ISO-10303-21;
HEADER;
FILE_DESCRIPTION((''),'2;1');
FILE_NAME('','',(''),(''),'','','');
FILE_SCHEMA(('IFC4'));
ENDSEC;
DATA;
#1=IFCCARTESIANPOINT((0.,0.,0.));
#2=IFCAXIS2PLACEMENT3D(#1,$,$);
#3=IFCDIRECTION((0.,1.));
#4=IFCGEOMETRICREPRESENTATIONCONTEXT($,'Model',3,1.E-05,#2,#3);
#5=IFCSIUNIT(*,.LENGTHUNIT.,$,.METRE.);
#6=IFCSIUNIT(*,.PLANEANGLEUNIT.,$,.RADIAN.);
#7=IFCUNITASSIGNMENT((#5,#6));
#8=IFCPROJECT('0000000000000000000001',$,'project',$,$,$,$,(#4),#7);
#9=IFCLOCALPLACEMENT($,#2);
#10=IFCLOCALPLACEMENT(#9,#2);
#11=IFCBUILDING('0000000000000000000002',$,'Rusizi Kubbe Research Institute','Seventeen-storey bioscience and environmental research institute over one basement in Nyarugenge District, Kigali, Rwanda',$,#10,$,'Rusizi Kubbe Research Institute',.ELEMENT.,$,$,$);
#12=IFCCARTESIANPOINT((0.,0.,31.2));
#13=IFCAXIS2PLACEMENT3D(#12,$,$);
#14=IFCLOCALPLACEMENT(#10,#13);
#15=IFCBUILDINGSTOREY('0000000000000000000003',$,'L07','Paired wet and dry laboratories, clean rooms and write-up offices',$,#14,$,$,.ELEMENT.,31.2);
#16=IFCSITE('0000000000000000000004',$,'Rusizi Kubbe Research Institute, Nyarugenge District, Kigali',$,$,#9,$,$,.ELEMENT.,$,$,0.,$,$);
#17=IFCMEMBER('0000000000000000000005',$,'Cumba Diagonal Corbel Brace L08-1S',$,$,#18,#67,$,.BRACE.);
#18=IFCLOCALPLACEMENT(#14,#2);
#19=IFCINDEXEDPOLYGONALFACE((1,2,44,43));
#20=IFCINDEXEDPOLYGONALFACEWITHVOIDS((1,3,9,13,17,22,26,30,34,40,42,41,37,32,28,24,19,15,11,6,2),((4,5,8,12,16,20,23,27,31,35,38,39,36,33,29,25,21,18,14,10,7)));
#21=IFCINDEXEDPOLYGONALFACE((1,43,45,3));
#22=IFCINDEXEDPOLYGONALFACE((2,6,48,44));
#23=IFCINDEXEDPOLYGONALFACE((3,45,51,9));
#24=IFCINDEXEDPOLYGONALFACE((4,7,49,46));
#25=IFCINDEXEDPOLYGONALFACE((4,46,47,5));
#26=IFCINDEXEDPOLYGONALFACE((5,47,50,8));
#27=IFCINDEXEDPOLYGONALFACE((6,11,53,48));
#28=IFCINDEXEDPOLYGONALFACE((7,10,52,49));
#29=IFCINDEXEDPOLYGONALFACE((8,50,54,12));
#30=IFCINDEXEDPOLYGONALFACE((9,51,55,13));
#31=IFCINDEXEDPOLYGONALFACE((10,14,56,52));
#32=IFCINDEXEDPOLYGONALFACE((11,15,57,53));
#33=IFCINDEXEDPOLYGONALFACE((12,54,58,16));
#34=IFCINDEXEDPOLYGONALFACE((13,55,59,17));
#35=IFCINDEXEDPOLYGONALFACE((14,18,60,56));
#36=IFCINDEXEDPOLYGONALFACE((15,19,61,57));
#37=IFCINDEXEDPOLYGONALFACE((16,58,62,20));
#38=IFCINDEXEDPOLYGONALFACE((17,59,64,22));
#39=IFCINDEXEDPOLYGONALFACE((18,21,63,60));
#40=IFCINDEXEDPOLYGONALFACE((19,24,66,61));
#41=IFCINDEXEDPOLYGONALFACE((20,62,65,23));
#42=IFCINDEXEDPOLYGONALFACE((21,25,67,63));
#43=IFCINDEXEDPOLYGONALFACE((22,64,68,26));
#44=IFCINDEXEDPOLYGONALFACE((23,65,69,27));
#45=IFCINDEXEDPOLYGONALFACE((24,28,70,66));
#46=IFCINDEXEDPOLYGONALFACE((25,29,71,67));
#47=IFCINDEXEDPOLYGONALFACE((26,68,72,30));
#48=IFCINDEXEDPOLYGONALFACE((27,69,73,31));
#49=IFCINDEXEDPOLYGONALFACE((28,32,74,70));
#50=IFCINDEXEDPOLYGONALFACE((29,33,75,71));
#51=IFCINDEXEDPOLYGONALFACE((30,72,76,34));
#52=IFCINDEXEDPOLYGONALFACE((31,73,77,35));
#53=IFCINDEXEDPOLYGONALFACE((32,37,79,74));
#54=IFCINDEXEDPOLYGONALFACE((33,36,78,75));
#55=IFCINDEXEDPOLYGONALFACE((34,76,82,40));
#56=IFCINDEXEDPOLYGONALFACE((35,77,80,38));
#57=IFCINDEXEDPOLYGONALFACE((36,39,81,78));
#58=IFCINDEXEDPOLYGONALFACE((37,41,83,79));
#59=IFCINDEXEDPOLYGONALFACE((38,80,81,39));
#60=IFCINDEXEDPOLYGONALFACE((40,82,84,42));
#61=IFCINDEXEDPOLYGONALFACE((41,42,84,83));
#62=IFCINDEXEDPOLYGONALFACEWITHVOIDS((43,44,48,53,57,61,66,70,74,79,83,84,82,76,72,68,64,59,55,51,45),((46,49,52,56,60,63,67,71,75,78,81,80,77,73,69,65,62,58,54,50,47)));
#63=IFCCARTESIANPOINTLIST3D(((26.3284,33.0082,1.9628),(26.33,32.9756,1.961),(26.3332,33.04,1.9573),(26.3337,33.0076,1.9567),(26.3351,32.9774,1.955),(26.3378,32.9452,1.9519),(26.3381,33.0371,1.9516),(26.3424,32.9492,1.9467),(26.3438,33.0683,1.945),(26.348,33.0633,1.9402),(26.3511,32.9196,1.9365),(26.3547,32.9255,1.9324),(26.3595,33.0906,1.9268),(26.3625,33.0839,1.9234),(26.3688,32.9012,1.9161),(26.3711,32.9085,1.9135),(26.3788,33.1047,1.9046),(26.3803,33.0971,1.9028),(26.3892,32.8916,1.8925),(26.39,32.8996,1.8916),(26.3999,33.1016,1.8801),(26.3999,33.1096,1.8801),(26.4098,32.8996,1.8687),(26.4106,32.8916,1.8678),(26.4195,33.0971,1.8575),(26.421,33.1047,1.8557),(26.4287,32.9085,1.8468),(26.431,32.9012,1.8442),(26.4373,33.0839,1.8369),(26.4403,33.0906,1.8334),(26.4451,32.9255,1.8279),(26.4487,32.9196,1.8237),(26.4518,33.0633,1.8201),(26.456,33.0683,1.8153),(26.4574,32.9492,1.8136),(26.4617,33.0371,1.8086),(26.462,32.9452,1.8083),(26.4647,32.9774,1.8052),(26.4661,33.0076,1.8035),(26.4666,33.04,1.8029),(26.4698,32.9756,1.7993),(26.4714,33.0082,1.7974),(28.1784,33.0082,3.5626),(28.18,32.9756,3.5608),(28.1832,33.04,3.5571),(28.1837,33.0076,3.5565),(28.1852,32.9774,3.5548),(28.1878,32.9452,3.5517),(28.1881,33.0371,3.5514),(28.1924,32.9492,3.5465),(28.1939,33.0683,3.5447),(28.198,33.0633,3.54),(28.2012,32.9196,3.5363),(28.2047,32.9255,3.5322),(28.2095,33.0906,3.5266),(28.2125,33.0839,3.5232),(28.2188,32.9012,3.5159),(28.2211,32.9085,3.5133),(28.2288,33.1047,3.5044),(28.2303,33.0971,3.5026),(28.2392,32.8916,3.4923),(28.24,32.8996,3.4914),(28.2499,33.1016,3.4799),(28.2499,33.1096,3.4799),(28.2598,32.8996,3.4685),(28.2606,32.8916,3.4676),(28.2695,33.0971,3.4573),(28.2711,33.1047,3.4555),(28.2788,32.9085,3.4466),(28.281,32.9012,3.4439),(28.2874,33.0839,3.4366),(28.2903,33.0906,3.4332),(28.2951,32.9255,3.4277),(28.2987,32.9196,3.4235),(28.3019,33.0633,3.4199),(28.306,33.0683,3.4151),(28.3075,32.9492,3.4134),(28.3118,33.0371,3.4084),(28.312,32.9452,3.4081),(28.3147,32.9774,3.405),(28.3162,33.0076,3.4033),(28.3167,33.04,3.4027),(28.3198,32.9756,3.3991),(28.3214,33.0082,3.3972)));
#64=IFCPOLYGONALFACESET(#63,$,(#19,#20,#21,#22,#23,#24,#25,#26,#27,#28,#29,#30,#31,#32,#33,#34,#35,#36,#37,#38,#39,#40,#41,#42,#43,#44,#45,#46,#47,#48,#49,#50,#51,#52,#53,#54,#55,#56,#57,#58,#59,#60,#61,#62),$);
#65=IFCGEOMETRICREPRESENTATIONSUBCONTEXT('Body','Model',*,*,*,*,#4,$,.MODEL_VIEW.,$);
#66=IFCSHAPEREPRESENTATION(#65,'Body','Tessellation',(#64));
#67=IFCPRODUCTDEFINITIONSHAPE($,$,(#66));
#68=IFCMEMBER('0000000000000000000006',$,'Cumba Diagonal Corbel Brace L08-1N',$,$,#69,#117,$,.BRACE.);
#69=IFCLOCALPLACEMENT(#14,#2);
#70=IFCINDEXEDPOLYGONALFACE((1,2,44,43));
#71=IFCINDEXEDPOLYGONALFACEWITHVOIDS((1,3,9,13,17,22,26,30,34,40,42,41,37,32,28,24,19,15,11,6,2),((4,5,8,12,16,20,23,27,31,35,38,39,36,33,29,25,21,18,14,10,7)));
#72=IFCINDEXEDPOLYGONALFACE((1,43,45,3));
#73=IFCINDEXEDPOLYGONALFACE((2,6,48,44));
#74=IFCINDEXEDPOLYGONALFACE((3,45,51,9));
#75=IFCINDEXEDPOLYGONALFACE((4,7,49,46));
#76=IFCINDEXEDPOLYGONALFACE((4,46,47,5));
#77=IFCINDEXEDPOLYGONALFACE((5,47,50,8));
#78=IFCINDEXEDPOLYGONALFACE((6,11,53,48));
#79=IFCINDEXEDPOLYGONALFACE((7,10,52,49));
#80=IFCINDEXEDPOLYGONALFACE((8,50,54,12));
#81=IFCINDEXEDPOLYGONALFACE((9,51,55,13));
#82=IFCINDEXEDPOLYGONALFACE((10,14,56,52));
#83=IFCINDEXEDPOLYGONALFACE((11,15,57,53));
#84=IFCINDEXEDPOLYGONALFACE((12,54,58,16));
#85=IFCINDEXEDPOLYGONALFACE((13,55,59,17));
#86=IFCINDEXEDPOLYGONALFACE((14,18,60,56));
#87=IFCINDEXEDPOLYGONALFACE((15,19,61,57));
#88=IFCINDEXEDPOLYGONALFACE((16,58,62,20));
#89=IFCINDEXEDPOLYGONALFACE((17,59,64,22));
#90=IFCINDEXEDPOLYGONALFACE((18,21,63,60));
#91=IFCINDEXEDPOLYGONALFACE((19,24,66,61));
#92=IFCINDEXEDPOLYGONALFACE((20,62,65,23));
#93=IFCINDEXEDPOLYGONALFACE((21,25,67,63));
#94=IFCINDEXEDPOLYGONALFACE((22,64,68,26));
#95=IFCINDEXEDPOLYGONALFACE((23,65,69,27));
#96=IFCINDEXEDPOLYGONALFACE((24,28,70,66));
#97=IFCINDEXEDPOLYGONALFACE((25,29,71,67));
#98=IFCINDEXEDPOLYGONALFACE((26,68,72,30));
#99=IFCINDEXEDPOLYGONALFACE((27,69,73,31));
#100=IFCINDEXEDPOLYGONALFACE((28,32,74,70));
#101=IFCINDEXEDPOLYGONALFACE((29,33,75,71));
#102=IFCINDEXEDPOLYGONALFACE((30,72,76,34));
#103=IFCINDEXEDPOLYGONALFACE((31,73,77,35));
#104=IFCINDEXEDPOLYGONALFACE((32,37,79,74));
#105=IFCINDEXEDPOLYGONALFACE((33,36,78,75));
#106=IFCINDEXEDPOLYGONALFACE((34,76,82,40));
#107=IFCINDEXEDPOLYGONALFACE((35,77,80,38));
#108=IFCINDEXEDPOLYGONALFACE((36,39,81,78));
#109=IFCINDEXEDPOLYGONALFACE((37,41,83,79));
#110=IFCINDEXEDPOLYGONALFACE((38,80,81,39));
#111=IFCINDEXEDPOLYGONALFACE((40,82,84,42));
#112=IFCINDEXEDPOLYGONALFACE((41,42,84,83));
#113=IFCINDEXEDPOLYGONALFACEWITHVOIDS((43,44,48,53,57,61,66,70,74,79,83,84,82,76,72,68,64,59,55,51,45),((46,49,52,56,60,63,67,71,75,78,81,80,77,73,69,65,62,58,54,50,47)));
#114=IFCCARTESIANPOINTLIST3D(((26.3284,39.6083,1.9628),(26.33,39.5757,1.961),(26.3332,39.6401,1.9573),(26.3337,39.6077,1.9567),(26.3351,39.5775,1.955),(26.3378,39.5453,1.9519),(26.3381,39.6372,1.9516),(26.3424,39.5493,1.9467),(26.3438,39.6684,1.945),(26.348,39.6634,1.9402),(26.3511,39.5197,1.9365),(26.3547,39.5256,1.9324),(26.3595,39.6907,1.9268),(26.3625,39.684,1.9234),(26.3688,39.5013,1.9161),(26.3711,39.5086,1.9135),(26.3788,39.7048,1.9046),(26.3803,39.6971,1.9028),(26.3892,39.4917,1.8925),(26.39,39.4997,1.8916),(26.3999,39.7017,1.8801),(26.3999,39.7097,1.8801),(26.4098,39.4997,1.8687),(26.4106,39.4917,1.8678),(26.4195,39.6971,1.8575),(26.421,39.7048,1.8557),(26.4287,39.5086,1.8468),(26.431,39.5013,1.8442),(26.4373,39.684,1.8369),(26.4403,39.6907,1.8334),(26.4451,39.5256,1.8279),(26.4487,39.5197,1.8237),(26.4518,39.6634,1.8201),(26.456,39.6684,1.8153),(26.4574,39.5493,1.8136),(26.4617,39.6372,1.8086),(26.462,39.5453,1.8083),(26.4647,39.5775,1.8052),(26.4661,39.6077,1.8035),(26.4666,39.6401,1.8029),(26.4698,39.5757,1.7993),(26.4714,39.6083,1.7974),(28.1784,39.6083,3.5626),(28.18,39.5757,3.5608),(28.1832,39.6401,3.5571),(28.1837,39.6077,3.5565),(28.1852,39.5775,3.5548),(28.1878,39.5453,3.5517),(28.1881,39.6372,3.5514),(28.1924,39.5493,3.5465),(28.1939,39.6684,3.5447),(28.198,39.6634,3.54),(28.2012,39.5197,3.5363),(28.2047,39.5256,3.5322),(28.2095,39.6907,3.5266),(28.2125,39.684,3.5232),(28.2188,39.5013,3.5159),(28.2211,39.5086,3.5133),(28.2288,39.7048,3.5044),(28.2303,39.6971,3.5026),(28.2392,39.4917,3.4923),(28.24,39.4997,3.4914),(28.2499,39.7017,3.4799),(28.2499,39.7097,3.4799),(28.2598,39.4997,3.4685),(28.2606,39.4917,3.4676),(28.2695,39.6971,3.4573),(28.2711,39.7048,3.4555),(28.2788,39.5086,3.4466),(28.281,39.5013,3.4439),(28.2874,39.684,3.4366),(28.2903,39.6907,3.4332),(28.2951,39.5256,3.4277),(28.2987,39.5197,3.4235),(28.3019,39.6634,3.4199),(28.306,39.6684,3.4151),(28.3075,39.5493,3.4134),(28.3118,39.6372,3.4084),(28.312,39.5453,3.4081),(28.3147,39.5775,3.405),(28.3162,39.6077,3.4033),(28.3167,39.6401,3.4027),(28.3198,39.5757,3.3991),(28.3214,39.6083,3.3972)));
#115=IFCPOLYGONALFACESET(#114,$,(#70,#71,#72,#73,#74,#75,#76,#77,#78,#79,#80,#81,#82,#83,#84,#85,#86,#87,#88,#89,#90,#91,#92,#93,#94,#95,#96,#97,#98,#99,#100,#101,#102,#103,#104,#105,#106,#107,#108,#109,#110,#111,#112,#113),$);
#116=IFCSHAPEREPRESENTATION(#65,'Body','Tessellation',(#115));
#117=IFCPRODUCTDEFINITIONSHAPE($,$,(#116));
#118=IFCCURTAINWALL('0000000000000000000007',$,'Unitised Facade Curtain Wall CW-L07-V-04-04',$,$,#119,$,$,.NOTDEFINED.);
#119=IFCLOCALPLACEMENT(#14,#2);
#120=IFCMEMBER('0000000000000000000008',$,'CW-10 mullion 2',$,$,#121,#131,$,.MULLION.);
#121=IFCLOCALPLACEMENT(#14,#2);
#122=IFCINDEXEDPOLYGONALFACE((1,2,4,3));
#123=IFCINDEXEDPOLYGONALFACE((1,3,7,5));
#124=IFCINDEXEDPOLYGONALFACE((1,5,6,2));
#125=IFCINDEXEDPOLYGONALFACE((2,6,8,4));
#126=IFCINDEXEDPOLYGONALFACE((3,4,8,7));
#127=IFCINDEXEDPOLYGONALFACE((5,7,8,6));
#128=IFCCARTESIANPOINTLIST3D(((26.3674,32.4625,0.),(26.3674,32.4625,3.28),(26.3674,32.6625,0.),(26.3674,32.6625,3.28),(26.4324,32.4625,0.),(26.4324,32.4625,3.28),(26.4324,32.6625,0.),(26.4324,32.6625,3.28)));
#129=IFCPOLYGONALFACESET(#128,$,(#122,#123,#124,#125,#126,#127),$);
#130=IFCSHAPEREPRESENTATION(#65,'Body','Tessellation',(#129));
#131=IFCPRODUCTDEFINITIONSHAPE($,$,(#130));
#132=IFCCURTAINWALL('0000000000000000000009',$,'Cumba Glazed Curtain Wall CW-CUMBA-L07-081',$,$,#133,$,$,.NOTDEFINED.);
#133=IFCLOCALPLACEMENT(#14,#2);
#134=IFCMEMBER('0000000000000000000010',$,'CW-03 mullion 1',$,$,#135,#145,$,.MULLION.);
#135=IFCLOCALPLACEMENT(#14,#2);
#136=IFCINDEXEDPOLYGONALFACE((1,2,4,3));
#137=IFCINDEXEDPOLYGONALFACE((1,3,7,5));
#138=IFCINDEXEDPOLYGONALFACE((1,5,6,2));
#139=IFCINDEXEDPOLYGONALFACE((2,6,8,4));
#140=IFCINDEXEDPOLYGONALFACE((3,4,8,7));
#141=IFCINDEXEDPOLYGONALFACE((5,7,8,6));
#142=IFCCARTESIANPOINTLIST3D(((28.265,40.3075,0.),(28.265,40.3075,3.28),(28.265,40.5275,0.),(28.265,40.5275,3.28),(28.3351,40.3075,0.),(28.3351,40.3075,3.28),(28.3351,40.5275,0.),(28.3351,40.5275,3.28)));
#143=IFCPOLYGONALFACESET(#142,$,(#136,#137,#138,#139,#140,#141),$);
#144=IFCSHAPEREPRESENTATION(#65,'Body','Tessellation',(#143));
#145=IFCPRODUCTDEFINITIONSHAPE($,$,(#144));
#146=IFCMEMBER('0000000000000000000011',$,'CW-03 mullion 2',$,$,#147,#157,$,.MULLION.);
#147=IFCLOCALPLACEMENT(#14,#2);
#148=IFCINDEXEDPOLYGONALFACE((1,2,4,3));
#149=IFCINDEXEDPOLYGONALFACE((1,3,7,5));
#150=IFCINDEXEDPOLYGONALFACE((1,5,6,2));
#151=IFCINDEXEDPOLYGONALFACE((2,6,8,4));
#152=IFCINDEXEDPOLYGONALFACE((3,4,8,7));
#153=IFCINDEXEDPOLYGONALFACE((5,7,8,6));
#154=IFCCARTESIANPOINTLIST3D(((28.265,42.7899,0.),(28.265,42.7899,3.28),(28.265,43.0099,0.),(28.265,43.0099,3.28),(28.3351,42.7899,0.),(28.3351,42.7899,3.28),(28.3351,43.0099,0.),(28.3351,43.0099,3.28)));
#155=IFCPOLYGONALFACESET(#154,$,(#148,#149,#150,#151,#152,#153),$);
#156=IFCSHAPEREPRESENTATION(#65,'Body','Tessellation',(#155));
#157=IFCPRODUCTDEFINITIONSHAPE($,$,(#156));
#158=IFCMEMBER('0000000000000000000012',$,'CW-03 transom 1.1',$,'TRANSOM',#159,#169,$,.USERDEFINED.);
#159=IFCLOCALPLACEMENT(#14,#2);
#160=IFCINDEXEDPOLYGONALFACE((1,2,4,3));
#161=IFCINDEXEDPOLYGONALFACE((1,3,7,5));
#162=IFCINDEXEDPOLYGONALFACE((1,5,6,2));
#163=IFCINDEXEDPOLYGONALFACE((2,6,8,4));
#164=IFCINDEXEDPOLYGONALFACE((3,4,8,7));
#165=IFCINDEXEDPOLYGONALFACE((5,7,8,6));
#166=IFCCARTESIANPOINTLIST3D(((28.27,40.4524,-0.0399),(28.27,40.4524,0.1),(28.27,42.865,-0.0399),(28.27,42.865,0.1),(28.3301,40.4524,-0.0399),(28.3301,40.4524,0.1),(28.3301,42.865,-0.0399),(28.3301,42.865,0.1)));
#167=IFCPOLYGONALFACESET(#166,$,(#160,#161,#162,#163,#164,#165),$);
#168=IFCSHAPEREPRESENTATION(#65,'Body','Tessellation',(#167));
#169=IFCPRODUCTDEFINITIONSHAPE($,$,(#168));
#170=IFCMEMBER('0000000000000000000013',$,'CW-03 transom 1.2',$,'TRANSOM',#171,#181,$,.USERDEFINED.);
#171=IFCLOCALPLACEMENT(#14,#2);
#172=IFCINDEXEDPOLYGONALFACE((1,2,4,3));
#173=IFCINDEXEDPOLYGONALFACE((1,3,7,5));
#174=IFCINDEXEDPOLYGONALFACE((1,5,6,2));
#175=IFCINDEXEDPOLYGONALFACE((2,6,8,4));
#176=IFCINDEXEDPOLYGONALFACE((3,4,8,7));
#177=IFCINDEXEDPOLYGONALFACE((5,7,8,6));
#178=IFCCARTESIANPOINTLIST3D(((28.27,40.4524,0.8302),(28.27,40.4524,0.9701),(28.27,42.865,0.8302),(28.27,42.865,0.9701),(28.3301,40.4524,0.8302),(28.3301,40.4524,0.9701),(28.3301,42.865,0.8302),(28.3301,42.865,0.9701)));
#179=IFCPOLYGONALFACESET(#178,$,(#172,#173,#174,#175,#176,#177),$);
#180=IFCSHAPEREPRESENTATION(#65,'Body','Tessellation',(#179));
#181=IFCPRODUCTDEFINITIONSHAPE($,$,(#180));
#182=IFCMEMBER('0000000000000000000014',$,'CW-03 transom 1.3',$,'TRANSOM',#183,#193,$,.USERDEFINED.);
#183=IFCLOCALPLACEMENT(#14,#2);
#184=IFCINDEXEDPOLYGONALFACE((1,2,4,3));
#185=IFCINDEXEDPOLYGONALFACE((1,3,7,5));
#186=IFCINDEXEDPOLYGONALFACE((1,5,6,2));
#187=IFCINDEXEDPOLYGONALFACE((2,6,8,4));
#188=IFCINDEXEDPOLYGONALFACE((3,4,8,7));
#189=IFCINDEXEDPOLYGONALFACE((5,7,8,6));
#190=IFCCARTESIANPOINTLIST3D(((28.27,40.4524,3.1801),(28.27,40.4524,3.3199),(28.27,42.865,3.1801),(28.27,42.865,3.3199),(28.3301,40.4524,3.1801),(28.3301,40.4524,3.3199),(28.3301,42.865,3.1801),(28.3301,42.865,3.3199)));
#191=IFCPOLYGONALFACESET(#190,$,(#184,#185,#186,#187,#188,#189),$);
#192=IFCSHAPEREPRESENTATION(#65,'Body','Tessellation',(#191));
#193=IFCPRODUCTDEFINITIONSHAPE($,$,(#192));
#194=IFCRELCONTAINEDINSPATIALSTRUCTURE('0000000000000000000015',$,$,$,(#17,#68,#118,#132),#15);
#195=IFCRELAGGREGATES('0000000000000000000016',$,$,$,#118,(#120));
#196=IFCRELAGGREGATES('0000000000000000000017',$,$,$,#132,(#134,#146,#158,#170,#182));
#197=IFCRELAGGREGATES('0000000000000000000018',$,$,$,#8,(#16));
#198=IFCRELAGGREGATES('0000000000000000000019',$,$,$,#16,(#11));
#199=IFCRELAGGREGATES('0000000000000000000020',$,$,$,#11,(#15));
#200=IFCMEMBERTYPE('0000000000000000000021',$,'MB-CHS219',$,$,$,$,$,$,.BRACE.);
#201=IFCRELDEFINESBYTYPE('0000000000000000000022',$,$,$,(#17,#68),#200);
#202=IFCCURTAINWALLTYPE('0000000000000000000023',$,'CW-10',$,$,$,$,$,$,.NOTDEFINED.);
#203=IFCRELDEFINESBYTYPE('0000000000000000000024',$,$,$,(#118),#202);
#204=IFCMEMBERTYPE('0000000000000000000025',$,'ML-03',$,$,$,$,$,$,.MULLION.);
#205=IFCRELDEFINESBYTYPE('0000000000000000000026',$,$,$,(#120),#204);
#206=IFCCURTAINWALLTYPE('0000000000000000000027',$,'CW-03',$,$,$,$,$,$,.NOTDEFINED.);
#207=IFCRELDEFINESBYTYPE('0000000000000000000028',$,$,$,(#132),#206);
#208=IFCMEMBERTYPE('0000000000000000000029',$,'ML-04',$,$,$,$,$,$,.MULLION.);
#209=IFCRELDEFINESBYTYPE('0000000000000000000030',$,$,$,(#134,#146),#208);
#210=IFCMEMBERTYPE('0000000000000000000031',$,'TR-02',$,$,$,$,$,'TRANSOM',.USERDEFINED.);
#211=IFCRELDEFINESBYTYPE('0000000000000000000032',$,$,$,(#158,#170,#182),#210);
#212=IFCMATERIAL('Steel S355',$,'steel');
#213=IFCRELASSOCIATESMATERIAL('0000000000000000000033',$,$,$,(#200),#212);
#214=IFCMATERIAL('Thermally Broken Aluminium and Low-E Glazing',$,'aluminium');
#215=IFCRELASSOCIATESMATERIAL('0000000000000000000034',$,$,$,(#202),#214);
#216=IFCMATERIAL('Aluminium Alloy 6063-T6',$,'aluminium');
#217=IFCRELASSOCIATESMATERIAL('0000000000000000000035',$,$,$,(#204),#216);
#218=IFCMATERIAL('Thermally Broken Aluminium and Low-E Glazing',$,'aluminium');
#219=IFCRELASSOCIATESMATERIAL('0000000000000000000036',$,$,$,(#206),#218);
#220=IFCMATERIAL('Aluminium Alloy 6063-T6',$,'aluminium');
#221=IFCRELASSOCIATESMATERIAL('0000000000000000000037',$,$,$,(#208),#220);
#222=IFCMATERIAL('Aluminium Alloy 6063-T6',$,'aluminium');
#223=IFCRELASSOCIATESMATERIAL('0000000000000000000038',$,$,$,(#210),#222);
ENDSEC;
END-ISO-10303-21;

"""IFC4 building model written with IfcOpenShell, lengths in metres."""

from ifc_helpers import new_model, si_unit, direction, frame, origin, origin_2d, place, context, subcontext, project, spatial, rectangle, hollow_circle, extrude, material, material_profile, profile_set, type_object, element, aggregate, save


model = new_model("IFC4")

# Units and contexts
model_context = context("Model", 3, precision=1e-05, world=origin(), true_north=direction((0.0, 1.0)))
body_context = subcontext(model_context, "Body", "Model", "MODEL_VIEW")
ifc_project = project(units=[si_unit("LENGTHUNIT", "METRE"), si_unit("PLANEANGLEUNIT", "RADIAN")], contexts=[model_context])

# Site, building, storey
site_placement = place(None, origin())
site = spatial("IfcSite", under=ifc_project, at=site_placement, Name="Rusizi Kubbe Research Institute, Nyarugenge District, Kigali", CompositionType="ELEMENT", RefElevation=0.0)
building_placement = place(site_placement, origin())
building = spatial("IfcBuilding", under=site, at=building_placement, Name="Rusizi Kubbe Research Institute", Description="Seventeen-storey bioscience and environmental research institute over one basement in Nyarugenge District, Kigali, Rwanda", LongName="Rusizi Kubbe Research Institute", CompositionType="ELEMENT")
storey_placement = place(building_placement, frame((0.0, 0.0, 31.2)))
storey = spatial("IfcBuildingStorey", under=building, at=storey_placement, Name="L07", Description="Paired wet and dry laboratories, clean rooms and write-up offices", CompositionType="ELEMENT", Elevation=31.2)

# Members
ifc_material_1 = material(Name="Steel S355", Category="steel")
ifc_material_profile_1 = material_profile(ifc_material_1, hollow_circle(Radius=0.1096, WallThickness=0.0081, at=origin_2d()), Name="CHS 219.1x8.0")
ifc_profile_set_1 = profile_set([ifc_material_profile_1], Name="Steel S355")
member_type_1 = type_object("IfcMemberType", Name="MB-CHS219", PredefinedType="BRACE", material=ifc_profile_set_1)
for number, where, z_axis, x_axis, name in (
    (1, (26.3999, 33.0, 1.8801), (0.75641, 0.0, 0.654098), (0.0, 1.0, 0.0), "Cumba Diagonal Corbel Brace L08-1S"),
    (2, (26.3999, 39.6001, 1.8801), (0.75641, 0.0, 0.654098), (0.0, 1.0, 0.0), "Cumba Diagonal Corbel Brace L08-1N"),
):
    element("IfcMember", number, at=place(storey_placement, frame(where, z_axis=z_axis, x_axis=x_axis)), inside=storey, type_object=member_type_1, Name=name, PredefinedType="BRACE", context=body_context, shape_type="SweptSolid", body=[
        extrude(hollow_circle(Radius=0.1096, WallThickness=0.0081, at=origin_2d()), origin(), (0.0, 0.0, 1.0), 2.4458),
    ])

# Curtain wall, member
ifc_material_2 = material(Name="Thermally Broken Aluminium and Low-E Glazing", Category="aluminium")
curtain_wall_type_1 = type_object("IfcCurtainWallType", Name="CW-10", PredefinedType="NOTDEFINED", material=ifc_material_2)
curtain_wall_1_placement = place(storey_placement, origin())
curtain_wall_1 = element("IfcCurtainWall", 3, at=curtain_wall_1_placement, inside=storey, type_object=curtain_wall_type_1, Name="Unitised Facade Curtain Wall CW-L07-V-04-04", PredefinedType="NOTDEFINED")
ifc_material_3 = material(Name="Aluminium Alloy 6063-T6", Category="aluminium")
ifc_material_profile_2 = material_profile(ifc_material_3, rectangle(XDim=0.0649, YDim=0.2, at=origin_2d()), Name="ALU-M 65x200")
ifc_profile_set_2 = profile_set([ifc_material_profile_2], Name="Aluminium Alloy 6063-T6")
member_type_2 = type_object("IfcMemberType", Name="ML-03", PredefinedType="MULLION", material=ifc_profile_set_2)
member_1_placement = place(storey_placement, frame((26.3999, 32.5625, 0.0), z_axis=(0.0, 0.0, 1.0), x_axis=(-1.0, 0.0, 0.0)))
member_1 = element("IfcMember", 4, at=member_1_placement, type_object=member_type_2, Name="CW-10 mullion 2", PredefinedType="MULLION", context=body_context, shape_type="SweptSolid", body=[
    extrude(rectangle(XDim=0.0649, YDim=0.2, at=origin_2d()), origin(), (0.0, 0.0, 1.0), 3.28),
])

# Curtain wall, members
ifc_material_4 = material(Name="Thermally Broken Aluminium and Low-E Glazing", Category="aluminium")
curtain_wall_type_2 = type_object("IfcCurtainWallType", Name="CW-03", PredefinedType="NOTDEFINED", material=ifc_material_4)
curtain_wall_2_placement = place(storey_placement, origin())
curtain_wall_2 = element("IfcCurtainWall", 5, at=curtain_wall_2_placement, inside=storey, type_object=curtain_wall_type_2, Name="Cumba Glazed Curtain Wall CW-CUMBA-L07-081", PredefinedType="NOTDEFINED")
ifc_material_5 = material(Name="Aluminium Alloy 6063-T6", Category="aluminium")
ifc_material_profile_3 = material_profile(ifc_material_5, rectangle(XDim=0.0701, YDim=0.22, at=origin_2d()), Name="ALU-M 70x220")
ifc_profile_set_3 = profile_set([ifc_material_profile_3], Name="Aluminium Alloy 6063-T6")
member_type_3 = type_object("IfcMemberType", Name="ML-04", PredefinedType="MULLION", material=ifc_profile_set_3)
member_2_placement = place(storey_placement, frame((28.3, 40.4175, 0.0), z_axis=(0.0, 0.0, 1.0), x_axis=(-1.0, 0.0, 0.0)))
member_2 = element("IfcMember", 6, at=member_2_placement, type_object=member_type_3, Name="CW-03 mullion 1", PredefinedType="MULLION", context=body_context, shape_type="SweptSolid", body=[
    extrude(rectangle(XDim=0.0701, YDim=0.22, at=origin_2d()), origin(), (0.0, 0.0, 1.0), 3.28),
])
member_3_placement = place(storey_placement, frame((28.3, 42.8999, 0.0), z_axis=(0.0, 0.0, 1.0), x_axis=(-1.0, 0.0, 0.0)))
member_3 = element("IfcMember", 7, at=member_3_placement, type_object=member_type_3, Name="CW-03 mullion 2", PredefinedType="MULLION", context=body_context, shape_type="SweptSolid", body=[
    extrude(rectangle(XDim=0.0701, YDim=0.22, at=origin_2d()), origin(), (0.0, 0.0, 1.0), 3.28),
])
ifc_material_6 = material(Name="Aluminium Alloy 6063-T6", Category="aluminium")
ifc_material_profile_4 = material_profile(ifc_material_6, rectangle(XDim=0.0601, YDim=0.1399, at=origin_2d()), Name="ALU-T 60x140")
ifc_profile_set_4 = profile_set([ifc_material_profile_4], Name="Aluminium Alloy 6063-T6")
member_type_4 = type_object("IfcMemberType", Name="TR-02", ElementType="TRANSOM", PredefinedType="USERDEFINED", material=ifc_profile_set_4)
member_4_placement = place(storey_placement, frame((28.3, 40.4524, 0.03), z_axis=(0.0, 1.0, 0.0), x_axis=(-1.0, 0.0, 0.0)))
member_4 = element("IfcMember", 8, at=member_4_placement, type_object=member_type_4, Name="CW-03 transom 1.1", ObjectType="TRANSOM", PredefinedType="USERDEFINED", context=body_context, shape_type="SweptSolid", body=[
    extrude(rectangle(XDim=0.0601, YDim=0.1399, at=origin_2d()), origin(), (0.0, 0.0, 1.0), 2.4126),
])
member_5_placement = place(storey_placement, frame((28.3, 40.4524, 0.9001), z_axis=(0.0, 1.0, 0.0), x_axis=(-1.0, 0.0, 0.0)))
member_5 = element("IfcMember", 9, at=member_5_placement, type_object=member_type_4, Name="CW-03 transom 1.2", ObjectType="TRANSOM", PredefinedType="USERDEFINED", context=body_context, shape_type="SweptSolid", body=[
    extrude(rectangle(XDim=0.0601, YDim=0.1399, at=origin_2d()), origin(), (0.0, 0.0, 1.0), 2.4126),
])
member_6_placement = place(storey_placement, frame((28.3, 40.4524, 3.25), z_axis=(0.0, 1.0, 0.0), x_axis=(-1.0, 0.0, 0.0)))
member_6 = element("IfcMember", 10, at=member_6_placement, type_object=member_type_4, Name="CW-03 transom 1.3", ObjectType="TRANSOM", PredefinedType="USERDEFINED", context=body_context, shape_type="SweptSolid", body=[
    extrude(rectangle(XDim=0.0601, YDim=0.1399, at=origin_2d()), origin(), (0.0, 0.0, 1.0), 2.4126),
])

aggregate(curtain_wall_1, [member_1])
aggregate(curtain_wall_2, [member_2, member_3, member_4, member_5, member_6])

save(model, "model.ifc")
